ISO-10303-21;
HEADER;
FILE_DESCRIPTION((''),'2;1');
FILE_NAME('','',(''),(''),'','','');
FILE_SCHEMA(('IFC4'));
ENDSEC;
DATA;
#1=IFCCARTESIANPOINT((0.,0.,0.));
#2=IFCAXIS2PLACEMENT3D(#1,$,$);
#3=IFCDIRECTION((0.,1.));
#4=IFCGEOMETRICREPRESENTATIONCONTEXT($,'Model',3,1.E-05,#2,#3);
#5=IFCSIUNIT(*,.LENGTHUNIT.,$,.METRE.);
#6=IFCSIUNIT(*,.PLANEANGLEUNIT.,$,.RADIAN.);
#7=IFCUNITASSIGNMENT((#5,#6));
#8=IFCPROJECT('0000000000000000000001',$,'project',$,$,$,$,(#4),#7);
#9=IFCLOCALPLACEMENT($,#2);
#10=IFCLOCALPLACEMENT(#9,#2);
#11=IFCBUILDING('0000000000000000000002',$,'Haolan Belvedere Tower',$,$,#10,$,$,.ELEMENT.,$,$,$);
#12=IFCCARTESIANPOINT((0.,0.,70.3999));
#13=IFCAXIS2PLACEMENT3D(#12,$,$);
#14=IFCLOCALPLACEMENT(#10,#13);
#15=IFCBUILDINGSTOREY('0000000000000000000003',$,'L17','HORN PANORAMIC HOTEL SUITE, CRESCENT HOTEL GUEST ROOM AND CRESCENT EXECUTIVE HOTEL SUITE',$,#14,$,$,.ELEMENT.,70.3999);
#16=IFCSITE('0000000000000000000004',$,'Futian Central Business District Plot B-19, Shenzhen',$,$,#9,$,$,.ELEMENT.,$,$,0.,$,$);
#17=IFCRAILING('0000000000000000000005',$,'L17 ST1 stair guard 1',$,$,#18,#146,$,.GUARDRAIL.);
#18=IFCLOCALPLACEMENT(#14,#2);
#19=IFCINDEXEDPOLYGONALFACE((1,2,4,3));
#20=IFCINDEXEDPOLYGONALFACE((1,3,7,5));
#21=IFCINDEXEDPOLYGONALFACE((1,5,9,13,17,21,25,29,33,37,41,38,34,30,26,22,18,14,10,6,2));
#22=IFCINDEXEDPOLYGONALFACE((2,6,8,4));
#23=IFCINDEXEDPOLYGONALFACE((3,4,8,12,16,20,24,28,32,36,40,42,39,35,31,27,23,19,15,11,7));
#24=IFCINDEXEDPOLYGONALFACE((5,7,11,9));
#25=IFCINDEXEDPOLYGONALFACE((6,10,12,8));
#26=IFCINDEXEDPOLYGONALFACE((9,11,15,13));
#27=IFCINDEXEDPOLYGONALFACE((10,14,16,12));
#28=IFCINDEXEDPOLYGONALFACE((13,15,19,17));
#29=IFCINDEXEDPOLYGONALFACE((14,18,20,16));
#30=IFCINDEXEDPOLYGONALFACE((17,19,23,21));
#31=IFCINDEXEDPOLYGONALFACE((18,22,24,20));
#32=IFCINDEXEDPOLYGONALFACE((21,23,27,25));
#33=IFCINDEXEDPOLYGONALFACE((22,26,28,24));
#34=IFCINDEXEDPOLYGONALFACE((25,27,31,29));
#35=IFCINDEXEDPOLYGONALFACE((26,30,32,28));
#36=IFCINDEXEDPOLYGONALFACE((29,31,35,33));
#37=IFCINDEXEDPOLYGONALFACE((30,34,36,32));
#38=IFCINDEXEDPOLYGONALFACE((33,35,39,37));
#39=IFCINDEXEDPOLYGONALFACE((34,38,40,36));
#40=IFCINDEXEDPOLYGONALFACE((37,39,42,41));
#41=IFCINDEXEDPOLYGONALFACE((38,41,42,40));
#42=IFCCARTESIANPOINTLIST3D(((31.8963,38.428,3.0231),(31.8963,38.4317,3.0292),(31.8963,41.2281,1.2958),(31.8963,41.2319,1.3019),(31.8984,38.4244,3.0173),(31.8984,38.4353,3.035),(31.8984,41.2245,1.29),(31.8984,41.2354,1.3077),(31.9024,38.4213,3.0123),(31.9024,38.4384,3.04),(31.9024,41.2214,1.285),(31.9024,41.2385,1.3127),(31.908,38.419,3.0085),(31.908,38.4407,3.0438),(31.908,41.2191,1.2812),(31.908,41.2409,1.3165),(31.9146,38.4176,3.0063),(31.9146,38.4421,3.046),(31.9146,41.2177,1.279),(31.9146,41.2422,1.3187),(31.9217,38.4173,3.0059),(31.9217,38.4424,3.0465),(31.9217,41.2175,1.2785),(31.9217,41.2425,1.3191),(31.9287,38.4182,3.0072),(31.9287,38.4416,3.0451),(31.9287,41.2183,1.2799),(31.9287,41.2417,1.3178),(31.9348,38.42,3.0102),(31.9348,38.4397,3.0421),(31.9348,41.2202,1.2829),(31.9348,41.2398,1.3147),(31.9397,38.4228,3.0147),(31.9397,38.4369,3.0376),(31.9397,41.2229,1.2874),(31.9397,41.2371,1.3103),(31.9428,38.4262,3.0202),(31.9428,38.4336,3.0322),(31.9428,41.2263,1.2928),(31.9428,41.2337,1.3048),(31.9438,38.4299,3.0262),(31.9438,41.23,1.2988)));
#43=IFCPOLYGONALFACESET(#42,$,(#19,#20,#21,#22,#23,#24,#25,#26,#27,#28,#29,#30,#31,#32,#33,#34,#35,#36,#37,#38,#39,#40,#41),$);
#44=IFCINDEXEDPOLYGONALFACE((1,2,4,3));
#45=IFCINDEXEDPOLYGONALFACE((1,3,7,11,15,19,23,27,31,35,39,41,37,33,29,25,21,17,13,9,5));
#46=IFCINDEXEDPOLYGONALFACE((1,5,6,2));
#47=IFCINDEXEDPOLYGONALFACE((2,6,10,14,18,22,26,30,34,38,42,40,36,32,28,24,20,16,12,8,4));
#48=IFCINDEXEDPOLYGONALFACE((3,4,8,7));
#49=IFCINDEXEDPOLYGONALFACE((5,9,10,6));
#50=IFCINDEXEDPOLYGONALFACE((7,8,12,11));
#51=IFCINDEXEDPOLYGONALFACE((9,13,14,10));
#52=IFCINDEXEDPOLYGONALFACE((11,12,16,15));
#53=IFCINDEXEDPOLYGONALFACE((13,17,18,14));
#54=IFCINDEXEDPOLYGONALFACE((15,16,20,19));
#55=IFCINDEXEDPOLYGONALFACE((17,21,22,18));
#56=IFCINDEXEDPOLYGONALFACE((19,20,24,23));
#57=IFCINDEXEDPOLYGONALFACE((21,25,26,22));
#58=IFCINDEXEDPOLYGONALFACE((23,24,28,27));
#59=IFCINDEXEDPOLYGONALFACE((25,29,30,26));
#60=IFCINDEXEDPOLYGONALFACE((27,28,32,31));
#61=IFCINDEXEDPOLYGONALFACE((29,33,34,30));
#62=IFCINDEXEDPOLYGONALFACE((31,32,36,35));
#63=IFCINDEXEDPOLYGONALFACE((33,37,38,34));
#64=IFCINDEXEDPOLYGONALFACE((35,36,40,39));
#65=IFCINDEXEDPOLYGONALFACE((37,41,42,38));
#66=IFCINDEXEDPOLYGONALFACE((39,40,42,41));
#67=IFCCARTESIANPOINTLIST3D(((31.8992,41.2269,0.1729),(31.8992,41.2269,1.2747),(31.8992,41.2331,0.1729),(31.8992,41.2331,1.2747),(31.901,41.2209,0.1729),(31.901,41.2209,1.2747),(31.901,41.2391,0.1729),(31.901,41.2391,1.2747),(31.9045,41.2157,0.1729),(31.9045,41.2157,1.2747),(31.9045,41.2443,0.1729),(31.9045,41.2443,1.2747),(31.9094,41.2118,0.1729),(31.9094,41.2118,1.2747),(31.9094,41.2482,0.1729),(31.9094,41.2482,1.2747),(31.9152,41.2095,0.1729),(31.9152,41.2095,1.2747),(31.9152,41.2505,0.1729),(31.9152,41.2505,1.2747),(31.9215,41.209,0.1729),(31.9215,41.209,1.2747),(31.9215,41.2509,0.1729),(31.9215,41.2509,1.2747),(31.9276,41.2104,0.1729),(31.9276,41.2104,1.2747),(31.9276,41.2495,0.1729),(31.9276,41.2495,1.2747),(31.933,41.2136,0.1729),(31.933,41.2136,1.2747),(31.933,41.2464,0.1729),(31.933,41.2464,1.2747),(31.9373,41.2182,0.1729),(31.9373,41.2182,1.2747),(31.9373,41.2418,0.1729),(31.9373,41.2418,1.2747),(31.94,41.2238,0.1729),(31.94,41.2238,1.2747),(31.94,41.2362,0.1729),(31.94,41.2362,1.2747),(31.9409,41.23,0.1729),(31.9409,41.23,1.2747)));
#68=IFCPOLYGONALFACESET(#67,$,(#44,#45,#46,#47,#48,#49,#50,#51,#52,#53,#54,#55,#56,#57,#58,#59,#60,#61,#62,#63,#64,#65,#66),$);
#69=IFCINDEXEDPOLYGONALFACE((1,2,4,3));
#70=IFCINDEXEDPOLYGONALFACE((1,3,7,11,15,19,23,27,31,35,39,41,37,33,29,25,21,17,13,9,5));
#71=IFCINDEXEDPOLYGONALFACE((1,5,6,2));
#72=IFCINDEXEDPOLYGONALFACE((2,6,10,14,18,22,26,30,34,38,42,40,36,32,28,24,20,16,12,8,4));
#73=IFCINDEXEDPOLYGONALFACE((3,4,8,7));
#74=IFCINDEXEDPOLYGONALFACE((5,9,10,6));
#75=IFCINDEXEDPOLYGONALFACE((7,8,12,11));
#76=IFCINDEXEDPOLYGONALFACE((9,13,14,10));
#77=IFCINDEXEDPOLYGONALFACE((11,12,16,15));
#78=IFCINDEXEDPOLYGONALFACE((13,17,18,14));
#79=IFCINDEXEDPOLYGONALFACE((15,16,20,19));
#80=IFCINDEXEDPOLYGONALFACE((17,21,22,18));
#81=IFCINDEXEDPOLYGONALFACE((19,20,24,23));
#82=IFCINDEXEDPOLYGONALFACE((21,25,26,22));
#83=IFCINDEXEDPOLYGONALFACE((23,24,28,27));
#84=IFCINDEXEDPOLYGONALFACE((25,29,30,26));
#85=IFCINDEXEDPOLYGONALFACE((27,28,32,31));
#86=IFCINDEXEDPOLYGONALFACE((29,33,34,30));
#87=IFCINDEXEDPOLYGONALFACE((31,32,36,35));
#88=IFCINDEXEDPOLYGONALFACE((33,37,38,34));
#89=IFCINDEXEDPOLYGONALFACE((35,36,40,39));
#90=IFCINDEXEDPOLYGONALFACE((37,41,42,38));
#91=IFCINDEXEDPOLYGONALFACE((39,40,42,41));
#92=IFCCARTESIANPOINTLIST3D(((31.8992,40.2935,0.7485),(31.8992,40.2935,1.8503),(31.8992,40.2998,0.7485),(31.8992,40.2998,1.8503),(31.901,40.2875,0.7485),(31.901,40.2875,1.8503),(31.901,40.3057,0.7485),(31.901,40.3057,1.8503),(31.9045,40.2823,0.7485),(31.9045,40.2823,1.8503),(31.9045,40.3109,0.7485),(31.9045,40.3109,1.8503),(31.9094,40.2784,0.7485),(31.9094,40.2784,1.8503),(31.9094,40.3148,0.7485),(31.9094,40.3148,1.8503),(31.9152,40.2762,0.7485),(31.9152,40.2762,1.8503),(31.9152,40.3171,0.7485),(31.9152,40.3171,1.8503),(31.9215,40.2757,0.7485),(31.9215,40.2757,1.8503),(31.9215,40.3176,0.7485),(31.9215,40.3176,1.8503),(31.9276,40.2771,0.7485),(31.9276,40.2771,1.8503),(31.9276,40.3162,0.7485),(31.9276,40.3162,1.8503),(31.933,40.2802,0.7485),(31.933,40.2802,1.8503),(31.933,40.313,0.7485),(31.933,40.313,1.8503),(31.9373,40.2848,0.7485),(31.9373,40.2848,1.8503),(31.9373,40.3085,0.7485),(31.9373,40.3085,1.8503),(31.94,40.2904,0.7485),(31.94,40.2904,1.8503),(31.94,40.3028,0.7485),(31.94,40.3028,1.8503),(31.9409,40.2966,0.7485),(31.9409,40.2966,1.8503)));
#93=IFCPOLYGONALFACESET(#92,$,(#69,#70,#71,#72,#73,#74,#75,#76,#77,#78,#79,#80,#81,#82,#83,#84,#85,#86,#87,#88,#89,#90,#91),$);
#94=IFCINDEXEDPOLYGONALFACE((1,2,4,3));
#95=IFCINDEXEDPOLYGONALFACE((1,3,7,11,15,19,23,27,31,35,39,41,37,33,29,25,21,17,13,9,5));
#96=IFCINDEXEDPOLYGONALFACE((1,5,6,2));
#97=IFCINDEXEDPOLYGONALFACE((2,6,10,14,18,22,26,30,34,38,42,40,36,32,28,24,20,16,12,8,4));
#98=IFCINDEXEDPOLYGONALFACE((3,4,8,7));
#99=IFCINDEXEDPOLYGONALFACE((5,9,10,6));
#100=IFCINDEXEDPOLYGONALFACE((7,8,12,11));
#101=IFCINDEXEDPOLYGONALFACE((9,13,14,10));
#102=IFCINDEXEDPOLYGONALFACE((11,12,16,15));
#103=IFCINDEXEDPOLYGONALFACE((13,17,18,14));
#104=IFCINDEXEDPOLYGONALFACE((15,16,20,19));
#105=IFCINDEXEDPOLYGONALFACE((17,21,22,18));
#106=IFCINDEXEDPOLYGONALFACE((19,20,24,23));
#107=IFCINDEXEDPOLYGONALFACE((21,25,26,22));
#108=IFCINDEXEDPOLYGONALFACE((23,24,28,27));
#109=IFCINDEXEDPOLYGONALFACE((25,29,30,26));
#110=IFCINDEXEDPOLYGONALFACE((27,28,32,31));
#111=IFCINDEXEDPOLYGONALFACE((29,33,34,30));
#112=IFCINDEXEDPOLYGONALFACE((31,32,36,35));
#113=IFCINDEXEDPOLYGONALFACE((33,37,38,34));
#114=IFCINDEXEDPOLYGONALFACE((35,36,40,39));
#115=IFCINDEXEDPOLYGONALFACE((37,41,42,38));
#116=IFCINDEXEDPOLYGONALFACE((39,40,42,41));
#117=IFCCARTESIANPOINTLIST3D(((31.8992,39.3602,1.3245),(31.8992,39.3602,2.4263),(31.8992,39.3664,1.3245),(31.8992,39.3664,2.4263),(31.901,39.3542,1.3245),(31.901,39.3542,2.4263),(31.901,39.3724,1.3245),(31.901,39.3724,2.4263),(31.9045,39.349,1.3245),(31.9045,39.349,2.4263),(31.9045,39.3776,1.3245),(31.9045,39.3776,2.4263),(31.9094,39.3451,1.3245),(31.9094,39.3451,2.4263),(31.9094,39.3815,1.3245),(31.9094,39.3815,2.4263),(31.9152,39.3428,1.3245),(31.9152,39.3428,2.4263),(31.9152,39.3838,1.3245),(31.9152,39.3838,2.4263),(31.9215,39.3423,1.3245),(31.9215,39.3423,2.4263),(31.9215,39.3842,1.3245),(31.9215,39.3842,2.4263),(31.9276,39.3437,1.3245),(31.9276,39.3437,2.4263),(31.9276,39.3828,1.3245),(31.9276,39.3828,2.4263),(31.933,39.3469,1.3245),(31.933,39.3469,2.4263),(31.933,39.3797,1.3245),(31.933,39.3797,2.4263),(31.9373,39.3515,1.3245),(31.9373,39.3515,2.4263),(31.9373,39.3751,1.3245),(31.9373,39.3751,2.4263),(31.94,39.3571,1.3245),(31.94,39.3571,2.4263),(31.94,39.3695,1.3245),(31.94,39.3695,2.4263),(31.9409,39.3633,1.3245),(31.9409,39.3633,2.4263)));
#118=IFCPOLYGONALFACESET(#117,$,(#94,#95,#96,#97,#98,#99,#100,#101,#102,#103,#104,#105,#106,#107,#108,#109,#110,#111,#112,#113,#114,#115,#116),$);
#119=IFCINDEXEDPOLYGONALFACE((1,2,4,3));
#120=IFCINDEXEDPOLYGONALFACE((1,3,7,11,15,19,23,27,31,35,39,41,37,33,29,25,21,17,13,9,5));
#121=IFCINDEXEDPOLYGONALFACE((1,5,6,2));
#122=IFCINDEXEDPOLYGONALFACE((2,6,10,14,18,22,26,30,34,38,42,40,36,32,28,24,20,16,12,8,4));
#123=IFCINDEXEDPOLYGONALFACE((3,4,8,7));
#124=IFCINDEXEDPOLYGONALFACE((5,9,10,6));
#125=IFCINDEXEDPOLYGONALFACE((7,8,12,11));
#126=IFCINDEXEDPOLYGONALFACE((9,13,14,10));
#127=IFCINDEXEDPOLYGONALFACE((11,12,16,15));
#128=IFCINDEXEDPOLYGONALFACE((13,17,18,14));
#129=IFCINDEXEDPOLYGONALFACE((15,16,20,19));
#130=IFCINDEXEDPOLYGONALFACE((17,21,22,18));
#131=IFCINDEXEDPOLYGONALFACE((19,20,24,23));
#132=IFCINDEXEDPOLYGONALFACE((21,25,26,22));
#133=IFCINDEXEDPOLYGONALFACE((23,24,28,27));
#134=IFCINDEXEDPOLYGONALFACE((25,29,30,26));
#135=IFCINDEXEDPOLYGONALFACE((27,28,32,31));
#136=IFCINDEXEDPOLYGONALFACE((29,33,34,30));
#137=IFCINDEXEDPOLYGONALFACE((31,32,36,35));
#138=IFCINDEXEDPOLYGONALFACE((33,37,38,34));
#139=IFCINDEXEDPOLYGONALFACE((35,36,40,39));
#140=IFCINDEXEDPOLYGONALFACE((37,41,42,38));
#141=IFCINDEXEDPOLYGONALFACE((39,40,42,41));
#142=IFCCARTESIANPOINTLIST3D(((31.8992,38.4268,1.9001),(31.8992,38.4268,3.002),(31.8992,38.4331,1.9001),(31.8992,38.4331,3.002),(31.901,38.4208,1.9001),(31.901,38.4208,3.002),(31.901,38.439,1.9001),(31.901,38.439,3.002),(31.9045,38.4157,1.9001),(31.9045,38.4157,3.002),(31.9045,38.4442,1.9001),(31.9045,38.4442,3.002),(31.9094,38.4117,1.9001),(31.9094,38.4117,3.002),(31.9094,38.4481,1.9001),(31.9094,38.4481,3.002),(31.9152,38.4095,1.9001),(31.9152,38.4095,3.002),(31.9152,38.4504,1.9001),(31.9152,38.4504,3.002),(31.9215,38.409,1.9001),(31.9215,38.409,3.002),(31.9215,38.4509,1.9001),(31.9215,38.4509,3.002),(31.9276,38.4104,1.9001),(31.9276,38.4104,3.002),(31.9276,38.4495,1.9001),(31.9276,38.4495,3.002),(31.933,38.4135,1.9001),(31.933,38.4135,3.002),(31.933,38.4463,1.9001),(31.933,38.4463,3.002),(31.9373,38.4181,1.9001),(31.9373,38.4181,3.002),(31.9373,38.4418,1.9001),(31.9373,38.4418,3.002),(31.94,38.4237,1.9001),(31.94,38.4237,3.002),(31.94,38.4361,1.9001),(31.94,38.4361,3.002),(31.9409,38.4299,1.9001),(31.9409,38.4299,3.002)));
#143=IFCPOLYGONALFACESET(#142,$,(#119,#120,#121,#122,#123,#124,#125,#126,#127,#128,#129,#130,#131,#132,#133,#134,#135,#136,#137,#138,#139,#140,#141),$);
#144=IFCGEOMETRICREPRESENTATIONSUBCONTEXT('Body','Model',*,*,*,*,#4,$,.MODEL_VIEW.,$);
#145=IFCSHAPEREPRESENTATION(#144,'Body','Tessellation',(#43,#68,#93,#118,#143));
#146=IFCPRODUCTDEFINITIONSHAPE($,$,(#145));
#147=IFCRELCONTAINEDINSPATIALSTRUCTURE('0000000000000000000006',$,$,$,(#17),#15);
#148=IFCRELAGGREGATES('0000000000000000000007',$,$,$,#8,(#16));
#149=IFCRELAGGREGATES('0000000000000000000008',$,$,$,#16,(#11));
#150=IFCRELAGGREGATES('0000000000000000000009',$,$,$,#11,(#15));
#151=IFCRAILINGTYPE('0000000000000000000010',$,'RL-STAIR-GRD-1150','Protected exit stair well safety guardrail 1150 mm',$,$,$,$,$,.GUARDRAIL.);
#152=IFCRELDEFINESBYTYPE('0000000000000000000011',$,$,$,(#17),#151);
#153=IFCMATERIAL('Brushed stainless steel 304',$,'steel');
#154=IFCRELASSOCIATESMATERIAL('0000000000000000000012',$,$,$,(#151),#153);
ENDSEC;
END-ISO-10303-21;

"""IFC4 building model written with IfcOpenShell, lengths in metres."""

from ifc_helpers import new_model, si_unit, direction, frame, origin, origin_2d, place, context, subcontext, project, spatial, circle, extrude, material, type_object, element, save


model = new_model("IFC4")

# Units and contexts
model_context = context("Model", 3, precision=1e-05, world=origin(), true_north=direction((0.0, 1.0)))
body_context = subcontext(model_context, "Body", "Model", "MODEL_VIEW")
ifc_project = project(units=[si_unit("LENGTHUNIT", "METRE"), si_unit("PLANEANGLEUNIT", "RADIAN")], contexts=[model_context])

# Site, building, storey
site_placement = place(None, origin())
site = spatial("IfcSite", under=ifc_project, at=site_placement, Name="Futian Central Business District Plot B-19, Shenzhen", CompositionType="ELEMENT", RefElevation=0.0)
building_placement = place(site_placement, origin())
building = spatial("IfcBuilding", under=site, at=building_placement, Name="Haolan Belvedere Tower", CompositionType="ELEMENT")
storey_placement = place(building_placement, frame((0.0, 0.0, 70.3999)))
storey = spatial("IfcBuildingStorey", under=building, at=storey_placement, Name="L17", Description="HORN PANORAMIC HOTEL SUITE, CRESCENT HOTEL GUEST ROOM AND CRESCENT EXECUTIVE HOTEL SUITE", CompositionType="ELEMENT", Elevation=70.3999)

# Railing
ifc_material_1 = material(Name="Brushed stainless steel 304", Category="steel")
railing_type_1 = type_object("IfcRailingType", Name="RL-STAIR-GRD-1150", Description="Protected exit stair well safety guardrail 1150 mm", PredefinedType="GUARDRAIL", material=ifc_material_1)
railing_1_placement = place(storey_placement, frame((31.9199, 41.23, 0.1729)))
element("IfcRailing", 1, at=railing_1_placement, inside=storey, type_object=railing_type_1, Name="L17 ST1 stair guard 1", PredefinedType="GUARDRAIL", context=body_context, shape_type="SweptSolid", body=[
    extrude(circle(Radius=0.0239, at=origin_2d()), frame((0.0, 0.0, 1.126), z_axis=(0.0, -0.85109, 0.52502), x_axis=(1.0, 0.0, 0.0)), (0.0, 0.0, 1.0), 3.29),
    extrude(circle(Radius=0.021, at=origin_2d()), origin(), (0.0, 0.0, 1.0), 1.1018),
    extrude(circle(Radius=0.021, at=origin_2d()), frame((0.0, -0.9333, 0.5757)), (0.0, 0.0, 1.0), 1.1018),
    extrude(circle(Radius=0.021, at=origin_2d()), frame((0.0, -1.8667, 1.1516)), (0.0, 0.0, 1.0), 1.1018),
    extrude(circle(Radius=0.021, at=origin_2d()), frame((0.0, -2.8, 1.7273)), (0.0, 0.0, 1.0), 1.1018),
])

save(model, "model.ifc")
